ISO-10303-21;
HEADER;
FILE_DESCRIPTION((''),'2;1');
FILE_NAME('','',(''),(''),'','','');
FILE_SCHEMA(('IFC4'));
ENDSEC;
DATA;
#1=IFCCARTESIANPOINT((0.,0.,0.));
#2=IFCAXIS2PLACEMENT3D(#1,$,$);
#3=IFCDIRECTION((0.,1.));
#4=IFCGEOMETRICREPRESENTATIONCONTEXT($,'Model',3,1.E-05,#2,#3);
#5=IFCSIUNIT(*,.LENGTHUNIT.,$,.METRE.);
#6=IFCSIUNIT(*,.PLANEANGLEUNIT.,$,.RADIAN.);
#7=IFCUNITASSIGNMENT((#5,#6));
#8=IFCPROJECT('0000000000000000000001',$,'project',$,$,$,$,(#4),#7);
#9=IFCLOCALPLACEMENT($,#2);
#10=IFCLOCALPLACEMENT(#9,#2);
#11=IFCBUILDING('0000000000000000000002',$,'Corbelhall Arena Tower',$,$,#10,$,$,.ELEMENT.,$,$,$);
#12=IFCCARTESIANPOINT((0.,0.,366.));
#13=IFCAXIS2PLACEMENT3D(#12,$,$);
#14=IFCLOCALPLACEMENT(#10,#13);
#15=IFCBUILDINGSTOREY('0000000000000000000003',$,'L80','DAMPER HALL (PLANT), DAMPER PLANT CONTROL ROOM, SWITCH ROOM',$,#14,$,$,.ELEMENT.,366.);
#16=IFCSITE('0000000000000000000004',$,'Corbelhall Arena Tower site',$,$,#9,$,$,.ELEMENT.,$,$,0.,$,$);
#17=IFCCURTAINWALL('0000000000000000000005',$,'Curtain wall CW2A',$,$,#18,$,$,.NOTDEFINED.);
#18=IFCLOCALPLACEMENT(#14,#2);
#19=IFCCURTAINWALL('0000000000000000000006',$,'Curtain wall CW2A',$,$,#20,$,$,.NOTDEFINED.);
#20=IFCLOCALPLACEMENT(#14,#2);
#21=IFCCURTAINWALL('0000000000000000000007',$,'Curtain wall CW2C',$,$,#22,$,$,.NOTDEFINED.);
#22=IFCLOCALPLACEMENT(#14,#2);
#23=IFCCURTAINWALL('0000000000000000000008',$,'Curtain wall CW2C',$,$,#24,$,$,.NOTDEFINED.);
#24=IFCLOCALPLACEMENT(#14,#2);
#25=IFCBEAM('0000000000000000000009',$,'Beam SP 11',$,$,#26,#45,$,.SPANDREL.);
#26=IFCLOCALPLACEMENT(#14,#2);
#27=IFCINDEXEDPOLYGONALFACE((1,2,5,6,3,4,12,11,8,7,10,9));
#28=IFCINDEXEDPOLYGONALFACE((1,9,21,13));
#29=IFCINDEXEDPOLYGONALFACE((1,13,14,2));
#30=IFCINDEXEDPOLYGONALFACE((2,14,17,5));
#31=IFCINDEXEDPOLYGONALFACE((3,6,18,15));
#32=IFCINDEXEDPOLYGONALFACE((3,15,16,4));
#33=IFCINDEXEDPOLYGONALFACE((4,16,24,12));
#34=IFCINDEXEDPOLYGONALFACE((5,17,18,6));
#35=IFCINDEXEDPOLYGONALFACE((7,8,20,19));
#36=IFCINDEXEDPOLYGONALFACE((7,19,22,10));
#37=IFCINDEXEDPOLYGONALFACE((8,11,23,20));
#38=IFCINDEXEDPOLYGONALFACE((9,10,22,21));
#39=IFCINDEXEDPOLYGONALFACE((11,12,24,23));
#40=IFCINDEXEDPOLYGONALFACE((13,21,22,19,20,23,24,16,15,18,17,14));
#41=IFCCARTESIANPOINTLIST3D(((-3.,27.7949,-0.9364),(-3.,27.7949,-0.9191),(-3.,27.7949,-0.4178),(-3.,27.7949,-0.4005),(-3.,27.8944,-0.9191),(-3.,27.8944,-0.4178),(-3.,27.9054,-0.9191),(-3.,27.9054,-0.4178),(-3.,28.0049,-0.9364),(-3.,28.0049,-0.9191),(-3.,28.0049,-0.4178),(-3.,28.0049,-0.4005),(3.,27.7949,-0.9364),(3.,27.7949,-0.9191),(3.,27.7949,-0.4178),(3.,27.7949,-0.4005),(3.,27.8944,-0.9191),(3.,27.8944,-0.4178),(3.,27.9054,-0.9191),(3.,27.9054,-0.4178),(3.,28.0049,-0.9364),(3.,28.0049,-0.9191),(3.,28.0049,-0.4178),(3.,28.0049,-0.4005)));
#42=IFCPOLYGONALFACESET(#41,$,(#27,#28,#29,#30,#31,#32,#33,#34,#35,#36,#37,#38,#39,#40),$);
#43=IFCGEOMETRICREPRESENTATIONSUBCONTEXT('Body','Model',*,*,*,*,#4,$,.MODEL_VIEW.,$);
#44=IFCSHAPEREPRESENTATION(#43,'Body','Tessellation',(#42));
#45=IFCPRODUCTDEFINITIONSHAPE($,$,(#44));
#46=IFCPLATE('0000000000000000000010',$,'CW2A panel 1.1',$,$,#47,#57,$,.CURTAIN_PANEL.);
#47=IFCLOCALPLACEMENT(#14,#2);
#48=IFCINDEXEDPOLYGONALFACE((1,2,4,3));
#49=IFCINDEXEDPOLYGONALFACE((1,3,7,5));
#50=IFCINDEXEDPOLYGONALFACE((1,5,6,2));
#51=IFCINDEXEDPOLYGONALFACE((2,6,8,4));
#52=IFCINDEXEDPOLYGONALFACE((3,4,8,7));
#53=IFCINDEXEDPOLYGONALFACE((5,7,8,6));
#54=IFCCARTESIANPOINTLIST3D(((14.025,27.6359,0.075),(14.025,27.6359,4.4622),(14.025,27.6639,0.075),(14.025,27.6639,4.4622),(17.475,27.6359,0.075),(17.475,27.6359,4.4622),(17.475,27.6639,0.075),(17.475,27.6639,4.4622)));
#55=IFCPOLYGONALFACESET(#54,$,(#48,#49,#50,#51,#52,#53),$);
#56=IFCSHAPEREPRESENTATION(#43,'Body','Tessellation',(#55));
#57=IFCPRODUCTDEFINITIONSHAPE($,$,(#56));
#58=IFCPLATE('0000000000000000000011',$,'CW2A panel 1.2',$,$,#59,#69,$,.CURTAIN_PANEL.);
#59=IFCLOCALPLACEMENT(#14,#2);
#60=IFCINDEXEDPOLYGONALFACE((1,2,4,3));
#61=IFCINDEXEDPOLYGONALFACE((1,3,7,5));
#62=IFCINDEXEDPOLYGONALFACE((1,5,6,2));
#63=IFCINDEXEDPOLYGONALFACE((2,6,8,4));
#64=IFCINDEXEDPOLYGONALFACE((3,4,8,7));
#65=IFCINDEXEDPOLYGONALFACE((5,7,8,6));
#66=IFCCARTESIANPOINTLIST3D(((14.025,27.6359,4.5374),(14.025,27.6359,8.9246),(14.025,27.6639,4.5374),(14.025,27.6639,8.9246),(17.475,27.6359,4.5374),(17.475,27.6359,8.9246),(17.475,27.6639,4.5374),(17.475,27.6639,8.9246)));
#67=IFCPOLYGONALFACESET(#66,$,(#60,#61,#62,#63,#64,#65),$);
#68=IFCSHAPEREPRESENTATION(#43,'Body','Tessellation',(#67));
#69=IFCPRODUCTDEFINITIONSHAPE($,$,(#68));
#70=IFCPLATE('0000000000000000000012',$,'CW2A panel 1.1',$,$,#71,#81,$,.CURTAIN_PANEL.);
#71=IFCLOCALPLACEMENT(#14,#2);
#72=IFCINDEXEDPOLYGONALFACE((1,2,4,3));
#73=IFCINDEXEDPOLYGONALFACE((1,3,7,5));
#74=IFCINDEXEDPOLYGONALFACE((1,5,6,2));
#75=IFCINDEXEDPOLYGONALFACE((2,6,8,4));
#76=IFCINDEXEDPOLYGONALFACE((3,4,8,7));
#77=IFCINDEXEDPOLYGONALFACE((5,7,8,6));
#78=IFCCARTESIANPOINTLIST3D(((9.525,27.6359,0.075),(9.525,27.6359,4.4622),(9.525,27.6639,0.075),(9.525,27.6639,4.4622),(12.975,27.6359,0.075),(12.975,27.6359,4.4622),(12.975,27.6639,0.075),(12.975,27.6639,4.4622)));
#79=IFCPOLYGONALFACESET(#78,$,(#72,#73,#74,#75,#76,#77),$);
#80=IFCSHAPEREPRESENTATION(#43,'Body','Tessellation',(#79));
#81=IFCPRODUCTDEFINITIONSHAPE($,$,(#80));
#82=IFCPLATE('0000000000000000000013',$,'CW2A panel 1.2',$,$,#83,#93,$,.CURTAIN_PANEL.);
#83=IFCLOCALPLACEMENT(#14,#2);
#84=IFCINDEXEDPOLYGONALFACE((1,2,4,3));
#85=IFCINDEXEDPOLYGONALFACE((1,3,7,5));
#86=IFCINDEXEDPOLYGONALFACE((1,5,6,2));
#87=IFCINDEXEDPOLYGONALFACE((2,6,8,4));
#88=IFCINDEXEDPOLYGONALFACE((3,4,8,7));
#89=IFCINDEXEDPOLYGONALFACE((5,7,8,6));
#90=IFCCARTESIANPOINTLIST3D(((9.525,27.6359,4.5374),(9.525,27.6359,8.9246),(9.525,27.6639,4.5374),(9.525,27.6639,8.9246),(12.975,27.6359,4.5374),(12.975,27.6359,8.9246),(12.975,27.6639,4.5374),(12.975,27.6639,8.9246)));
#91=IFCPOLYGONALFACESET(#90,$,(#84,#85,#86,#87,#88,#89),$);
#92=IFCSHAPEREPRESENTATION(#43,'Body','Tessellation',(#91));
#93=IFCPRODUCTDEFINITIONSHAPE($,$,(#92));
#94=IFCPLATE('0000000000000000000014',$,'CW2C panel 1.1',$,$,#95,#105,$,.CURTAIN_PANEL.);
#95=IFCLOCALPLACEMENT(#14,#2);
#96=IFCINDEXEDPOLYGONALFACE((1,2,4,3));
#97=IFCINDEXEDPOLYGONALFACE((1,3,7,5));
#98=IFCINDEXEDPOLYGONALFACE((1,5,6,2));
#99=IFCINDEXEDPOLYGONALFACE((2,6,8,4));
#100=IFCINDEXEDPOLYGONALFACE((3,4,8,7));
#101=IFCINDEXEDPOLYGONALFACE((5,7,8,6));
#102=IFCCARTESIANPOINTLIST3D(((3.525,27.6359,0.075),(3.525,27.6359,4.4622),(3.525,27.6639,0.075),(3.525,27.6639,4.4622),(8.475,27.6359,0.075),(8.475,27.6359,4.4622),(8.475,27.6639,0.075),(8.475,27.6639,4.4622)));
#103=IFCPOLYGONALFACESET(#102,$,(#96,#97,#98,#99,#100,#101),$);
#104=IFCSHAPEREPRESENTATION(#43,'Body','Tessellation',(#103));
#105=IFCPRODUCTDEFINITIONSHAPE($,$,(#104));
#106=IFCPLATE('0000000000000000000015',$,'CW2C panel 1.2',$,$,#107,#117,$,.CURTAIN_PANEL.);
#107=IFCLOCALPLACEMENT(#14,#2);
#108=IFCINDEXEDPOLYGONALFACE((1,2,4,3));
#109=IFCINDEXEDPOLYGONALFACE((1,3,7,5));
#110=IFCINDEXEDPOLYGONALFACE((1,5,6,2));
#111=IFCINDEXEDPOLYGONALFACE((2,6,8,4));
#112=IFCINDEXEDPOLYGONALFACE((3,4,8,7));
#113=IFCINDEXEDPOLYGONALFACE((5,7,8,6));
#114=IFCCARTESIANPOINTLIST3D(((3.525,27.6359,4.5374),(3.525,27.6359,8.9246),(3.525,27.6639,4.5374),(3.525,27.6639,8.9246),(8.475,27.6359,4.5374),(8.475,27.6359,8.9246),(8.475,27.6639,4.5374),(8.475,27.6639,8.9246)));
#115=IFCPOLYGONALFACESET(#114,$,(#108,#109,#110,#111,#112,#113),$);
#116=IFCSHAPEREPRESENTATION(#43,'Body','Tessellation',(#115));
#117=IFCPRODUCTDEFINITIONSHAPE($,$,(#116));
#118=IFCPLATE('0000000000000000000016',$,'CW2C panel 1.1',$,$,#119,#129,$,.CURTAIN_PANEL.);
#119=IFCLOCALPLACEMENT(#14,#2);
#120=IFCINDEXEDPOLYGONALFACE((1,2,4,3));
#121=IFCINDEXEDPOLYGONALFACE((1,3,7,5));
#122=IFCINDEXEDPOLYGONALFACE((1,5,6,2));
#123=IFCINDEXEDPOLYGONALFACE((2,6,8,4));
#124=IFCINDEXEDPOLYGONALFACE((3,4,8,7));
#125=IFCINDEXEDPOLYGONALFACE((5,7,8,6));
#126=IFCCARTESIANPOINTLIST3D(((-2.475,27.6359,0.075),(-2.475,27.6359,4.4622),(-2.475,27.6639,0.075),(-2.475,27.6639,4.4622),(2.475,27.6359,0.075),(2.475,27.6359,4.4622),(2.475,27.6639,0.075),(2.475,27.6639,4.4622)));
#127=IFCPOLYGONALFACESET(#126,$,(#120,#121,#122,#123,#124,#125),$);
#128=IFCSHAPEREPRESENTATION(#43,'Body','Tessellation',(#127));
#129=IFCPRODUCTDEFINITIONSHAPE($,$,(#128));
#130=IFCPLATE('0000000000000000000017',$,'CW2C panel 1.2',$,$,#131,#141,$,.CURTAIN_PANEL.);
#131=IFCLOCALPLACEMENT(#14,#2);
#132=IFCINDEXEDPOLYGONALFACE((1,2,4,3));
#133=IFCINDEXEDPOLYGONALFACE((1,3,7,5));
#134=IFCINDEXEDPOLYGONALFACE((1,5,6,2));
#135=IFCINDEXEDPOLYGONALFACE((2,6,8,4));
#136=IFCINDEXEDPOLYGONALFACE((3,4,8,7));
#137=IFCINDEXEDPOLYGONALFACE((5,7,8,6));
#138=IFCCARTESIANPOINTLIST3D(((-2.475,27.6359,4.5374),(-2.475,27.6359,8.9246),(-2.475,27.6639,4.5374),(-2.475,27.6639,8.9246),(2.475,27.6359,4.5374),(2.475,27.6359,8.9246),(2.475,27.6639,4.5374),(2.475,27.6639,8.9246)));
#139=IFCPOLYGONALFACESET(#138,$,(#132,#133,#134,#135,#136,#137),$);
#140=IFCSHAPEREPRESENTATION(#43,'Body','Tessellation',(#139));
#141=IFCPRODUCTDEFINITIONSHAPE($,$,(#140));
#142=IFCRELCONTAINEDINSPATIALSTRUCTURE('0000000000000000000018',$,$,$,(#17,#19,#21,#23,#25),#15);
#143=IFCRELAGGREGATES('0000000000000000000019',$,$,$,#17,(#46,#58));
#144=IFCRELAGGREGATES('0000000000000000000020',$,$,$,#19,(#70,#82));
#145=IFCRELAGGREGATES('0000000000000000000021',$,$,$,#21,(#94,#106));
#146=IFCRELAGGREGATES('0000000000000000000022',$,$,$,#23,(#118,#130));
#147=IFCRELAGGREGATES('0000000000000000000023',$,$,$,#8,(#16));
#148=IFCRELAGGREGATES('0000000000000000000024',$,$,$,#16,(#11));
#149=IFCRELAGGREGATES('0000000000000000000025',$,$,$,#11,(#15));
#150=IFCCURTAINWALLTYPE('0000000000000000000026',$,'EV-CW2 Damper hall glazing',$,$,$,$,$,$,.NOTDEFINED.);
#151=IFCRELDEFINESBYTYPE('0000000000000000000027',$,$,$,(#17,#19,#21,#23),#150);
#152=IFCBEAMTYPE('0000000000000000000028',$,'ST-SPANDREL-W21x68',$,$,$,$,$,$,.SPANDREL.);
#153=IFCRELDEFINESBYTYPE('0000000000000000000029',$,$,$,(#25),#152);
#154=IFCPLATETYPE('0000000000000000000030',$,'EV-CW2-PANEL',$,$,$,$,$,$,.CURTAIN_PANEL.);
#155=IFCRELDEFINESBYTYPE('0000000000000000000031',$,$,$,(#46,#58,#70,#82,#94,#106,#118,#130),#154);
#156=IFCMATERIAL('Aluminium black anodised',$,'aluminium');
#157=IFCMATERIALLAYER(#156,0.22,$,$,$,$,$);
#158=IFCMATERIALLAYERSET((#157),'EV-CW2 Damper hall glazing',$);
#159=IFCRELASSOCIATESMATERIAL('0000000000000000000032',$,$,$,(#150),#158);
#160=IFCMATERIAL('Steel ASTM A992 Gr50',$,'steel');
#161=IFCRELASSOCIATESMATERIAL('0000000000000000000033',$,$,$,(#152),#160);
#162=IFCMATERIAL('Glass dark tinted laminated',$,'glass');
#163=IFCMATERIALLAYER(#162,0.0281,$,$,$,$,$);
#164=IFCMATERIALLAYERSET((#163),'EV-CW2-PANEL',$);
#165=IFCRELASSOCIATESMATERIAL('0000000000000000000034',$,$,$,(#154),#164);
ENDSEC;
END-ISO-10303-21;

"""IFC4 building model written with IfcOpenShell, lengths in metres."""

from ifc_helpers import new_model, si_unit, direction, frame, origin, origin_2d, place, context, subcontext, project, spatial, rectangle, i_section, extrude, material, layer, layer_set, material_profile, profile_set, type_object, element, aggregate, save


model = new_model("IFC4")

# Units and contexts
model_context = context("Model", 3, precision=1e-05, world=origin(), true_north=direction((0.0, 1.0)))
body_context = subcontext(model_context, "Body", "Model", "MODEL_VIEW")
ifc_project = project(units=[si_unit("LENGTHUNIT", "METRE"), si_unit("PLANEANGLEUNIT", "RADIAN")], contexts=[model_context])

# Site, building, storey
site_placement = place(None, origin())
site = spatial("IfcSite", under=ifc_project, at=site_placement, Name="Corbelhall Arena Tower site", CompositionType="ELEMENT", RefElevation=0.0)
building_placement = place(site_placement, origin())
building = spatial("IfcBuilding", under=site, at=building_placement, Name="Corbelhall Arena Tower", CompositionType="ELEMENT")
storey_placement = place(building_placement, frame((0.0, 0.0, 366.0)))
storey = spatial("IfcBuildingStorey", under=building, at=storey_placement, Name="L80", Description="DAMPER HALL (PLANT), DAMPER PLANT CONTROL ROOM, SWITCH ROOM", CompositionType="ELEMENT", Elevation=366.0)

# Curtain walls
ifc_material_1 = material(Name="Aluminium black anodised", Category="aluminium")
ifc_layer_1 = layer(ifc_material_1, 0.22)
ifc_layer_set_1 = layer_set([ifc_layer_1], Name="EV-CW2 Damper hall glazing")
curtain_wall_type = type_object("IfcCurtainWallType", Name="EV-CW2 Damper hall glazing", PredefinedType="NOTDEFINED", material=ifc_layer_set_1)
curtain_wall_1_placement = place(storey_placement, origin())
curtain_wall_1 = element("IfcCurtainWall", 1, at=curtain_wall_1_placement, inside=storey, type_object=curtain_wall_type, Name="Curtain wall CW2A", PredefinedType="NOTDEFINED")
curtain_wall_2_placement = place(storey_placement, origin())
curtain_wall_2 = element("IfcCurtainWall", 2, at=curtain_wall_2_placement, inside=storey, type_object=curtain_wall_type, Name="Curtain wall CW2A", PredefinedType="NOTDEFINED")
curtain_wall_3_placement = place(storey_placement, origin())
curtain_wall_3 = element("IfcCurtainWall", 3, at=curtain_wall_3_placement, inside=storey, type_object=curtain_wall_type, Name="Curtain wall CW2C", PredefinedType="NOTDEFINED")
curtain_wall_4_placement = place(storey_placement, origin())
curtain_wall_4 = element("IfcCurtainWall", 4, at=curtain_wall_4_placement, inside=storey, type_object=curtain_wall_type, Name="Curtain wall CW2C", PredefinedType="NOTDEFINED")

# Beam
ifc_material_2 = material(Name="Steel ASTM A992 Gr50", Category="steel")
ifc_material_profile_1 = material_profile(ifc_material_2, i_section(OverallWidth=0.21, OverallDepth=0.5359, WebThickness=0.011, FlangeThickness=0.0173, at=origin_2d()))
ifc_profile_set_1 = profile_set([ifc_material_profile_1], Name="Steel ASTM A992 Gr50")
beam_type = type_object("IfcBeamType", Name="ST-SPANDREL-W21x68", PredefinedType="SPANDREL", material=ifc_profile_set_1)
beam_1_placement = place(storey_placement, frame((-3.0, 27.8999, -0.6685), z_axis=(1.0, 0.0, 0.0), x_axis=(0.0, 1.0, 0.0)))
element("IfcBeam", 5, at=beam_1_placement, inside=storey, type_object=beam_type, Name="Beam SP 11", PredefinedType="SPANDREL", context=body_context, shape_type="SweptSolid", body=[
    extrude(i_section(OverallWidth=0.21, OverallDepth=0.5359, WebThickness=0.011, FlangeThickness=0.0173, at=origin_2d()), origin(), (0.0, 0.0, 1.0), 6.0),
])

# Plates
ifc_material_3 = material(Name="Glass dark tinted laminated", Category="glass")
ifc_layer_2 = layer(ifc_material_3, 0.0281)
ifc_layer_set_2 = layer_set([ifc_layer_2], Name="EV-CW2-PANEL")
plate_type = type_object("IfcPlateType", Name="EV-CW2-PANEL", PredefinedType="CURTAIN_PANEL", material=ifc_layer_set_2)
plate_1_placement = place(storey_placement, frame((15.75, 27.6499, 0.075), z_axis=(0.0, 0.0, 1.0), x_axis=(-1.0, 0.0, 0.0)))
plate_1 = element("IfcPlate", 6, at=plate_1_placement, type_object=plate_type, Name="CW2A panel 1.1", PredefinedType="CURTAIN_PANEL", context=body_context, shape_type="SweptSolid", body=[
    extrude(rectangle(XDim=3.45, YDim=0.0281, at=origin_2d()), origin(), (0.0, 0.0, 1.0), 4.3872),
])
plate_2_placement = place(storey_placement, frame((15.75, 27.6499, 4.5374), z_axis=(0.0, 0.0, 1.0), x_axis=(-1.0, 0.0, 0.0)))
plate_2 = element("IfcPlate", 7, at=plate_2_placement, type_object=plate_type, Name="CW2A panel 1.2", PredefinedType="CURTAIN_PANEL", context=body_context, shape_type="SweptSolid", body=[
    extrude(rectangle(XDim=3.45, YDim=0.0281, at=origin_2d()), origin(), (0.0, 0.0, 1.0), 4.3872),
])
aggregate(curtain_wall_1, [plate_1, plate_2])
plate_3_placement = place(storey_placement, frame((11.25, 27.6499, 0.075), z_axis=(0.0, 0.0, 1.0), x_axis=(-1.0, 0.0, 0.0)))
plate_3 = element("IfcPlate", 8, at=plate_3_placement, type_object=plate_type, Name="CW2A panel 1.1", PredefinedType="CURTAIN_PANEL", context=body_context, shape_type="SweptSolid", body=[
    extrude(rectangle(XDim=3.45, YDim=0.0281, at=origin_2d()), origin(), (0.0, 0.0, 1.0), 4.3872),
])
plate_4_placement = place(storey_placement, frame((11.25, 27.6499, 4.5374), z_axis=(0.0, 0.0, 1.0), x_axis=(-1.0, 0.0, 0.0)))
plate_4 = element("IfcPlate", 9, at=plate_4_placement, type_object=plate_type, Name="CW2A panel 1.2", PredefinedType="CURTAIN_PANEL", context=body_context, shape_type="SweptSolid", body=[
    extrude(rectangle(XDim=3.45, YDim=0.0281, at=origin_2d()), origin(), (0.0, 0.0, 1.0), 4.3872),
])
aggregate(curtain_wall_2, [plate_3, plate_4])
plate_5_placement = place(storey_placement, frame((6.0, 27.6499, 0.075), z_axis=(0.0, 0.0, 1.0), x_axis=(-1.0, 0.0, 0.0)))
plate_5 = element("IfcPlate", 10, at=plate_5_placement, type_object=plate_type, Name="CW2C panel 1.1", PredefinedType="CURTAIN_PANEL", context=body_context, shape_type="SweptSolid", body=[
    extrude(rectangle(XDim=4.95, YDim=0.0281, at=origin_2d()), origin(), (0.0, 0.0, 1.0), 4.3872),
])
plate_6_placement = place(storey_placement, frame((6.0, 27.6499, 4.5374), z_axis=(0.0, 0.0, 1.0), x_axis=(-1.0, 0.0, 0.0)))
plate_6 = element("IfcPlate", 11, at=plate_6_placement, type_object=plate_type, Name="CW2C panel 1.2", PredefinedType="CURTAIN_PANEL", context=body_context, shape_type="SweptSolid", body=[
    extrude(rectangle(XDim=4.95, YDim=0.0281, at=origin_2d()), origin(), (0.0, 0.0, 1.0), 4.3872),
])
aggregate(curtain_wall_3, [plate_5, plate_6])
plate_7_placement = place(storey_placement, frame((0.0, 27.6499, 0.075), z_axis=(0.0, 0.0, 1.0), x_axis=(-1.0, 0.0, 0.0)))
plate_7 = element("IfcPlate", 12, at=plate_7_placement, type_object=plate_type, Name="CW2C panel 1.1", PredefinedType="CURTAIN_PANEL", context=body_context, shape_type="SweptSolid", body=[
    extrude(rectangle(XDim=4.95, YDim=0.0281, at=origin_2d()), origin(), (0.0, 0.0, 1.0), 4.3872),
])
plate_8_placement = place(storey_placement, frame((0.0, 27.6499, 4.5374), z_axis=(0.0, 0.0, 1.0), x_axis=(-1.0, 0.0, 0.0)))
plate_8 = element("IfcPlate", 13, at=plate_8_placement, type_object=plate_type, Name="CW2C panel 1.2", PredefinedType="CURTAIN_PANEL", context=body_context, shape_type="SweptSolid", body=[
    extrude(rectangle(XDim=4.95, YDim=0.0281, at=origin_2d()), origin(), (0.0, 0.0, 1.0), 4.3872),
])
aggregate(curtain_wall_4, [plate_7, plate_8])

save(model, "model.ifc")
